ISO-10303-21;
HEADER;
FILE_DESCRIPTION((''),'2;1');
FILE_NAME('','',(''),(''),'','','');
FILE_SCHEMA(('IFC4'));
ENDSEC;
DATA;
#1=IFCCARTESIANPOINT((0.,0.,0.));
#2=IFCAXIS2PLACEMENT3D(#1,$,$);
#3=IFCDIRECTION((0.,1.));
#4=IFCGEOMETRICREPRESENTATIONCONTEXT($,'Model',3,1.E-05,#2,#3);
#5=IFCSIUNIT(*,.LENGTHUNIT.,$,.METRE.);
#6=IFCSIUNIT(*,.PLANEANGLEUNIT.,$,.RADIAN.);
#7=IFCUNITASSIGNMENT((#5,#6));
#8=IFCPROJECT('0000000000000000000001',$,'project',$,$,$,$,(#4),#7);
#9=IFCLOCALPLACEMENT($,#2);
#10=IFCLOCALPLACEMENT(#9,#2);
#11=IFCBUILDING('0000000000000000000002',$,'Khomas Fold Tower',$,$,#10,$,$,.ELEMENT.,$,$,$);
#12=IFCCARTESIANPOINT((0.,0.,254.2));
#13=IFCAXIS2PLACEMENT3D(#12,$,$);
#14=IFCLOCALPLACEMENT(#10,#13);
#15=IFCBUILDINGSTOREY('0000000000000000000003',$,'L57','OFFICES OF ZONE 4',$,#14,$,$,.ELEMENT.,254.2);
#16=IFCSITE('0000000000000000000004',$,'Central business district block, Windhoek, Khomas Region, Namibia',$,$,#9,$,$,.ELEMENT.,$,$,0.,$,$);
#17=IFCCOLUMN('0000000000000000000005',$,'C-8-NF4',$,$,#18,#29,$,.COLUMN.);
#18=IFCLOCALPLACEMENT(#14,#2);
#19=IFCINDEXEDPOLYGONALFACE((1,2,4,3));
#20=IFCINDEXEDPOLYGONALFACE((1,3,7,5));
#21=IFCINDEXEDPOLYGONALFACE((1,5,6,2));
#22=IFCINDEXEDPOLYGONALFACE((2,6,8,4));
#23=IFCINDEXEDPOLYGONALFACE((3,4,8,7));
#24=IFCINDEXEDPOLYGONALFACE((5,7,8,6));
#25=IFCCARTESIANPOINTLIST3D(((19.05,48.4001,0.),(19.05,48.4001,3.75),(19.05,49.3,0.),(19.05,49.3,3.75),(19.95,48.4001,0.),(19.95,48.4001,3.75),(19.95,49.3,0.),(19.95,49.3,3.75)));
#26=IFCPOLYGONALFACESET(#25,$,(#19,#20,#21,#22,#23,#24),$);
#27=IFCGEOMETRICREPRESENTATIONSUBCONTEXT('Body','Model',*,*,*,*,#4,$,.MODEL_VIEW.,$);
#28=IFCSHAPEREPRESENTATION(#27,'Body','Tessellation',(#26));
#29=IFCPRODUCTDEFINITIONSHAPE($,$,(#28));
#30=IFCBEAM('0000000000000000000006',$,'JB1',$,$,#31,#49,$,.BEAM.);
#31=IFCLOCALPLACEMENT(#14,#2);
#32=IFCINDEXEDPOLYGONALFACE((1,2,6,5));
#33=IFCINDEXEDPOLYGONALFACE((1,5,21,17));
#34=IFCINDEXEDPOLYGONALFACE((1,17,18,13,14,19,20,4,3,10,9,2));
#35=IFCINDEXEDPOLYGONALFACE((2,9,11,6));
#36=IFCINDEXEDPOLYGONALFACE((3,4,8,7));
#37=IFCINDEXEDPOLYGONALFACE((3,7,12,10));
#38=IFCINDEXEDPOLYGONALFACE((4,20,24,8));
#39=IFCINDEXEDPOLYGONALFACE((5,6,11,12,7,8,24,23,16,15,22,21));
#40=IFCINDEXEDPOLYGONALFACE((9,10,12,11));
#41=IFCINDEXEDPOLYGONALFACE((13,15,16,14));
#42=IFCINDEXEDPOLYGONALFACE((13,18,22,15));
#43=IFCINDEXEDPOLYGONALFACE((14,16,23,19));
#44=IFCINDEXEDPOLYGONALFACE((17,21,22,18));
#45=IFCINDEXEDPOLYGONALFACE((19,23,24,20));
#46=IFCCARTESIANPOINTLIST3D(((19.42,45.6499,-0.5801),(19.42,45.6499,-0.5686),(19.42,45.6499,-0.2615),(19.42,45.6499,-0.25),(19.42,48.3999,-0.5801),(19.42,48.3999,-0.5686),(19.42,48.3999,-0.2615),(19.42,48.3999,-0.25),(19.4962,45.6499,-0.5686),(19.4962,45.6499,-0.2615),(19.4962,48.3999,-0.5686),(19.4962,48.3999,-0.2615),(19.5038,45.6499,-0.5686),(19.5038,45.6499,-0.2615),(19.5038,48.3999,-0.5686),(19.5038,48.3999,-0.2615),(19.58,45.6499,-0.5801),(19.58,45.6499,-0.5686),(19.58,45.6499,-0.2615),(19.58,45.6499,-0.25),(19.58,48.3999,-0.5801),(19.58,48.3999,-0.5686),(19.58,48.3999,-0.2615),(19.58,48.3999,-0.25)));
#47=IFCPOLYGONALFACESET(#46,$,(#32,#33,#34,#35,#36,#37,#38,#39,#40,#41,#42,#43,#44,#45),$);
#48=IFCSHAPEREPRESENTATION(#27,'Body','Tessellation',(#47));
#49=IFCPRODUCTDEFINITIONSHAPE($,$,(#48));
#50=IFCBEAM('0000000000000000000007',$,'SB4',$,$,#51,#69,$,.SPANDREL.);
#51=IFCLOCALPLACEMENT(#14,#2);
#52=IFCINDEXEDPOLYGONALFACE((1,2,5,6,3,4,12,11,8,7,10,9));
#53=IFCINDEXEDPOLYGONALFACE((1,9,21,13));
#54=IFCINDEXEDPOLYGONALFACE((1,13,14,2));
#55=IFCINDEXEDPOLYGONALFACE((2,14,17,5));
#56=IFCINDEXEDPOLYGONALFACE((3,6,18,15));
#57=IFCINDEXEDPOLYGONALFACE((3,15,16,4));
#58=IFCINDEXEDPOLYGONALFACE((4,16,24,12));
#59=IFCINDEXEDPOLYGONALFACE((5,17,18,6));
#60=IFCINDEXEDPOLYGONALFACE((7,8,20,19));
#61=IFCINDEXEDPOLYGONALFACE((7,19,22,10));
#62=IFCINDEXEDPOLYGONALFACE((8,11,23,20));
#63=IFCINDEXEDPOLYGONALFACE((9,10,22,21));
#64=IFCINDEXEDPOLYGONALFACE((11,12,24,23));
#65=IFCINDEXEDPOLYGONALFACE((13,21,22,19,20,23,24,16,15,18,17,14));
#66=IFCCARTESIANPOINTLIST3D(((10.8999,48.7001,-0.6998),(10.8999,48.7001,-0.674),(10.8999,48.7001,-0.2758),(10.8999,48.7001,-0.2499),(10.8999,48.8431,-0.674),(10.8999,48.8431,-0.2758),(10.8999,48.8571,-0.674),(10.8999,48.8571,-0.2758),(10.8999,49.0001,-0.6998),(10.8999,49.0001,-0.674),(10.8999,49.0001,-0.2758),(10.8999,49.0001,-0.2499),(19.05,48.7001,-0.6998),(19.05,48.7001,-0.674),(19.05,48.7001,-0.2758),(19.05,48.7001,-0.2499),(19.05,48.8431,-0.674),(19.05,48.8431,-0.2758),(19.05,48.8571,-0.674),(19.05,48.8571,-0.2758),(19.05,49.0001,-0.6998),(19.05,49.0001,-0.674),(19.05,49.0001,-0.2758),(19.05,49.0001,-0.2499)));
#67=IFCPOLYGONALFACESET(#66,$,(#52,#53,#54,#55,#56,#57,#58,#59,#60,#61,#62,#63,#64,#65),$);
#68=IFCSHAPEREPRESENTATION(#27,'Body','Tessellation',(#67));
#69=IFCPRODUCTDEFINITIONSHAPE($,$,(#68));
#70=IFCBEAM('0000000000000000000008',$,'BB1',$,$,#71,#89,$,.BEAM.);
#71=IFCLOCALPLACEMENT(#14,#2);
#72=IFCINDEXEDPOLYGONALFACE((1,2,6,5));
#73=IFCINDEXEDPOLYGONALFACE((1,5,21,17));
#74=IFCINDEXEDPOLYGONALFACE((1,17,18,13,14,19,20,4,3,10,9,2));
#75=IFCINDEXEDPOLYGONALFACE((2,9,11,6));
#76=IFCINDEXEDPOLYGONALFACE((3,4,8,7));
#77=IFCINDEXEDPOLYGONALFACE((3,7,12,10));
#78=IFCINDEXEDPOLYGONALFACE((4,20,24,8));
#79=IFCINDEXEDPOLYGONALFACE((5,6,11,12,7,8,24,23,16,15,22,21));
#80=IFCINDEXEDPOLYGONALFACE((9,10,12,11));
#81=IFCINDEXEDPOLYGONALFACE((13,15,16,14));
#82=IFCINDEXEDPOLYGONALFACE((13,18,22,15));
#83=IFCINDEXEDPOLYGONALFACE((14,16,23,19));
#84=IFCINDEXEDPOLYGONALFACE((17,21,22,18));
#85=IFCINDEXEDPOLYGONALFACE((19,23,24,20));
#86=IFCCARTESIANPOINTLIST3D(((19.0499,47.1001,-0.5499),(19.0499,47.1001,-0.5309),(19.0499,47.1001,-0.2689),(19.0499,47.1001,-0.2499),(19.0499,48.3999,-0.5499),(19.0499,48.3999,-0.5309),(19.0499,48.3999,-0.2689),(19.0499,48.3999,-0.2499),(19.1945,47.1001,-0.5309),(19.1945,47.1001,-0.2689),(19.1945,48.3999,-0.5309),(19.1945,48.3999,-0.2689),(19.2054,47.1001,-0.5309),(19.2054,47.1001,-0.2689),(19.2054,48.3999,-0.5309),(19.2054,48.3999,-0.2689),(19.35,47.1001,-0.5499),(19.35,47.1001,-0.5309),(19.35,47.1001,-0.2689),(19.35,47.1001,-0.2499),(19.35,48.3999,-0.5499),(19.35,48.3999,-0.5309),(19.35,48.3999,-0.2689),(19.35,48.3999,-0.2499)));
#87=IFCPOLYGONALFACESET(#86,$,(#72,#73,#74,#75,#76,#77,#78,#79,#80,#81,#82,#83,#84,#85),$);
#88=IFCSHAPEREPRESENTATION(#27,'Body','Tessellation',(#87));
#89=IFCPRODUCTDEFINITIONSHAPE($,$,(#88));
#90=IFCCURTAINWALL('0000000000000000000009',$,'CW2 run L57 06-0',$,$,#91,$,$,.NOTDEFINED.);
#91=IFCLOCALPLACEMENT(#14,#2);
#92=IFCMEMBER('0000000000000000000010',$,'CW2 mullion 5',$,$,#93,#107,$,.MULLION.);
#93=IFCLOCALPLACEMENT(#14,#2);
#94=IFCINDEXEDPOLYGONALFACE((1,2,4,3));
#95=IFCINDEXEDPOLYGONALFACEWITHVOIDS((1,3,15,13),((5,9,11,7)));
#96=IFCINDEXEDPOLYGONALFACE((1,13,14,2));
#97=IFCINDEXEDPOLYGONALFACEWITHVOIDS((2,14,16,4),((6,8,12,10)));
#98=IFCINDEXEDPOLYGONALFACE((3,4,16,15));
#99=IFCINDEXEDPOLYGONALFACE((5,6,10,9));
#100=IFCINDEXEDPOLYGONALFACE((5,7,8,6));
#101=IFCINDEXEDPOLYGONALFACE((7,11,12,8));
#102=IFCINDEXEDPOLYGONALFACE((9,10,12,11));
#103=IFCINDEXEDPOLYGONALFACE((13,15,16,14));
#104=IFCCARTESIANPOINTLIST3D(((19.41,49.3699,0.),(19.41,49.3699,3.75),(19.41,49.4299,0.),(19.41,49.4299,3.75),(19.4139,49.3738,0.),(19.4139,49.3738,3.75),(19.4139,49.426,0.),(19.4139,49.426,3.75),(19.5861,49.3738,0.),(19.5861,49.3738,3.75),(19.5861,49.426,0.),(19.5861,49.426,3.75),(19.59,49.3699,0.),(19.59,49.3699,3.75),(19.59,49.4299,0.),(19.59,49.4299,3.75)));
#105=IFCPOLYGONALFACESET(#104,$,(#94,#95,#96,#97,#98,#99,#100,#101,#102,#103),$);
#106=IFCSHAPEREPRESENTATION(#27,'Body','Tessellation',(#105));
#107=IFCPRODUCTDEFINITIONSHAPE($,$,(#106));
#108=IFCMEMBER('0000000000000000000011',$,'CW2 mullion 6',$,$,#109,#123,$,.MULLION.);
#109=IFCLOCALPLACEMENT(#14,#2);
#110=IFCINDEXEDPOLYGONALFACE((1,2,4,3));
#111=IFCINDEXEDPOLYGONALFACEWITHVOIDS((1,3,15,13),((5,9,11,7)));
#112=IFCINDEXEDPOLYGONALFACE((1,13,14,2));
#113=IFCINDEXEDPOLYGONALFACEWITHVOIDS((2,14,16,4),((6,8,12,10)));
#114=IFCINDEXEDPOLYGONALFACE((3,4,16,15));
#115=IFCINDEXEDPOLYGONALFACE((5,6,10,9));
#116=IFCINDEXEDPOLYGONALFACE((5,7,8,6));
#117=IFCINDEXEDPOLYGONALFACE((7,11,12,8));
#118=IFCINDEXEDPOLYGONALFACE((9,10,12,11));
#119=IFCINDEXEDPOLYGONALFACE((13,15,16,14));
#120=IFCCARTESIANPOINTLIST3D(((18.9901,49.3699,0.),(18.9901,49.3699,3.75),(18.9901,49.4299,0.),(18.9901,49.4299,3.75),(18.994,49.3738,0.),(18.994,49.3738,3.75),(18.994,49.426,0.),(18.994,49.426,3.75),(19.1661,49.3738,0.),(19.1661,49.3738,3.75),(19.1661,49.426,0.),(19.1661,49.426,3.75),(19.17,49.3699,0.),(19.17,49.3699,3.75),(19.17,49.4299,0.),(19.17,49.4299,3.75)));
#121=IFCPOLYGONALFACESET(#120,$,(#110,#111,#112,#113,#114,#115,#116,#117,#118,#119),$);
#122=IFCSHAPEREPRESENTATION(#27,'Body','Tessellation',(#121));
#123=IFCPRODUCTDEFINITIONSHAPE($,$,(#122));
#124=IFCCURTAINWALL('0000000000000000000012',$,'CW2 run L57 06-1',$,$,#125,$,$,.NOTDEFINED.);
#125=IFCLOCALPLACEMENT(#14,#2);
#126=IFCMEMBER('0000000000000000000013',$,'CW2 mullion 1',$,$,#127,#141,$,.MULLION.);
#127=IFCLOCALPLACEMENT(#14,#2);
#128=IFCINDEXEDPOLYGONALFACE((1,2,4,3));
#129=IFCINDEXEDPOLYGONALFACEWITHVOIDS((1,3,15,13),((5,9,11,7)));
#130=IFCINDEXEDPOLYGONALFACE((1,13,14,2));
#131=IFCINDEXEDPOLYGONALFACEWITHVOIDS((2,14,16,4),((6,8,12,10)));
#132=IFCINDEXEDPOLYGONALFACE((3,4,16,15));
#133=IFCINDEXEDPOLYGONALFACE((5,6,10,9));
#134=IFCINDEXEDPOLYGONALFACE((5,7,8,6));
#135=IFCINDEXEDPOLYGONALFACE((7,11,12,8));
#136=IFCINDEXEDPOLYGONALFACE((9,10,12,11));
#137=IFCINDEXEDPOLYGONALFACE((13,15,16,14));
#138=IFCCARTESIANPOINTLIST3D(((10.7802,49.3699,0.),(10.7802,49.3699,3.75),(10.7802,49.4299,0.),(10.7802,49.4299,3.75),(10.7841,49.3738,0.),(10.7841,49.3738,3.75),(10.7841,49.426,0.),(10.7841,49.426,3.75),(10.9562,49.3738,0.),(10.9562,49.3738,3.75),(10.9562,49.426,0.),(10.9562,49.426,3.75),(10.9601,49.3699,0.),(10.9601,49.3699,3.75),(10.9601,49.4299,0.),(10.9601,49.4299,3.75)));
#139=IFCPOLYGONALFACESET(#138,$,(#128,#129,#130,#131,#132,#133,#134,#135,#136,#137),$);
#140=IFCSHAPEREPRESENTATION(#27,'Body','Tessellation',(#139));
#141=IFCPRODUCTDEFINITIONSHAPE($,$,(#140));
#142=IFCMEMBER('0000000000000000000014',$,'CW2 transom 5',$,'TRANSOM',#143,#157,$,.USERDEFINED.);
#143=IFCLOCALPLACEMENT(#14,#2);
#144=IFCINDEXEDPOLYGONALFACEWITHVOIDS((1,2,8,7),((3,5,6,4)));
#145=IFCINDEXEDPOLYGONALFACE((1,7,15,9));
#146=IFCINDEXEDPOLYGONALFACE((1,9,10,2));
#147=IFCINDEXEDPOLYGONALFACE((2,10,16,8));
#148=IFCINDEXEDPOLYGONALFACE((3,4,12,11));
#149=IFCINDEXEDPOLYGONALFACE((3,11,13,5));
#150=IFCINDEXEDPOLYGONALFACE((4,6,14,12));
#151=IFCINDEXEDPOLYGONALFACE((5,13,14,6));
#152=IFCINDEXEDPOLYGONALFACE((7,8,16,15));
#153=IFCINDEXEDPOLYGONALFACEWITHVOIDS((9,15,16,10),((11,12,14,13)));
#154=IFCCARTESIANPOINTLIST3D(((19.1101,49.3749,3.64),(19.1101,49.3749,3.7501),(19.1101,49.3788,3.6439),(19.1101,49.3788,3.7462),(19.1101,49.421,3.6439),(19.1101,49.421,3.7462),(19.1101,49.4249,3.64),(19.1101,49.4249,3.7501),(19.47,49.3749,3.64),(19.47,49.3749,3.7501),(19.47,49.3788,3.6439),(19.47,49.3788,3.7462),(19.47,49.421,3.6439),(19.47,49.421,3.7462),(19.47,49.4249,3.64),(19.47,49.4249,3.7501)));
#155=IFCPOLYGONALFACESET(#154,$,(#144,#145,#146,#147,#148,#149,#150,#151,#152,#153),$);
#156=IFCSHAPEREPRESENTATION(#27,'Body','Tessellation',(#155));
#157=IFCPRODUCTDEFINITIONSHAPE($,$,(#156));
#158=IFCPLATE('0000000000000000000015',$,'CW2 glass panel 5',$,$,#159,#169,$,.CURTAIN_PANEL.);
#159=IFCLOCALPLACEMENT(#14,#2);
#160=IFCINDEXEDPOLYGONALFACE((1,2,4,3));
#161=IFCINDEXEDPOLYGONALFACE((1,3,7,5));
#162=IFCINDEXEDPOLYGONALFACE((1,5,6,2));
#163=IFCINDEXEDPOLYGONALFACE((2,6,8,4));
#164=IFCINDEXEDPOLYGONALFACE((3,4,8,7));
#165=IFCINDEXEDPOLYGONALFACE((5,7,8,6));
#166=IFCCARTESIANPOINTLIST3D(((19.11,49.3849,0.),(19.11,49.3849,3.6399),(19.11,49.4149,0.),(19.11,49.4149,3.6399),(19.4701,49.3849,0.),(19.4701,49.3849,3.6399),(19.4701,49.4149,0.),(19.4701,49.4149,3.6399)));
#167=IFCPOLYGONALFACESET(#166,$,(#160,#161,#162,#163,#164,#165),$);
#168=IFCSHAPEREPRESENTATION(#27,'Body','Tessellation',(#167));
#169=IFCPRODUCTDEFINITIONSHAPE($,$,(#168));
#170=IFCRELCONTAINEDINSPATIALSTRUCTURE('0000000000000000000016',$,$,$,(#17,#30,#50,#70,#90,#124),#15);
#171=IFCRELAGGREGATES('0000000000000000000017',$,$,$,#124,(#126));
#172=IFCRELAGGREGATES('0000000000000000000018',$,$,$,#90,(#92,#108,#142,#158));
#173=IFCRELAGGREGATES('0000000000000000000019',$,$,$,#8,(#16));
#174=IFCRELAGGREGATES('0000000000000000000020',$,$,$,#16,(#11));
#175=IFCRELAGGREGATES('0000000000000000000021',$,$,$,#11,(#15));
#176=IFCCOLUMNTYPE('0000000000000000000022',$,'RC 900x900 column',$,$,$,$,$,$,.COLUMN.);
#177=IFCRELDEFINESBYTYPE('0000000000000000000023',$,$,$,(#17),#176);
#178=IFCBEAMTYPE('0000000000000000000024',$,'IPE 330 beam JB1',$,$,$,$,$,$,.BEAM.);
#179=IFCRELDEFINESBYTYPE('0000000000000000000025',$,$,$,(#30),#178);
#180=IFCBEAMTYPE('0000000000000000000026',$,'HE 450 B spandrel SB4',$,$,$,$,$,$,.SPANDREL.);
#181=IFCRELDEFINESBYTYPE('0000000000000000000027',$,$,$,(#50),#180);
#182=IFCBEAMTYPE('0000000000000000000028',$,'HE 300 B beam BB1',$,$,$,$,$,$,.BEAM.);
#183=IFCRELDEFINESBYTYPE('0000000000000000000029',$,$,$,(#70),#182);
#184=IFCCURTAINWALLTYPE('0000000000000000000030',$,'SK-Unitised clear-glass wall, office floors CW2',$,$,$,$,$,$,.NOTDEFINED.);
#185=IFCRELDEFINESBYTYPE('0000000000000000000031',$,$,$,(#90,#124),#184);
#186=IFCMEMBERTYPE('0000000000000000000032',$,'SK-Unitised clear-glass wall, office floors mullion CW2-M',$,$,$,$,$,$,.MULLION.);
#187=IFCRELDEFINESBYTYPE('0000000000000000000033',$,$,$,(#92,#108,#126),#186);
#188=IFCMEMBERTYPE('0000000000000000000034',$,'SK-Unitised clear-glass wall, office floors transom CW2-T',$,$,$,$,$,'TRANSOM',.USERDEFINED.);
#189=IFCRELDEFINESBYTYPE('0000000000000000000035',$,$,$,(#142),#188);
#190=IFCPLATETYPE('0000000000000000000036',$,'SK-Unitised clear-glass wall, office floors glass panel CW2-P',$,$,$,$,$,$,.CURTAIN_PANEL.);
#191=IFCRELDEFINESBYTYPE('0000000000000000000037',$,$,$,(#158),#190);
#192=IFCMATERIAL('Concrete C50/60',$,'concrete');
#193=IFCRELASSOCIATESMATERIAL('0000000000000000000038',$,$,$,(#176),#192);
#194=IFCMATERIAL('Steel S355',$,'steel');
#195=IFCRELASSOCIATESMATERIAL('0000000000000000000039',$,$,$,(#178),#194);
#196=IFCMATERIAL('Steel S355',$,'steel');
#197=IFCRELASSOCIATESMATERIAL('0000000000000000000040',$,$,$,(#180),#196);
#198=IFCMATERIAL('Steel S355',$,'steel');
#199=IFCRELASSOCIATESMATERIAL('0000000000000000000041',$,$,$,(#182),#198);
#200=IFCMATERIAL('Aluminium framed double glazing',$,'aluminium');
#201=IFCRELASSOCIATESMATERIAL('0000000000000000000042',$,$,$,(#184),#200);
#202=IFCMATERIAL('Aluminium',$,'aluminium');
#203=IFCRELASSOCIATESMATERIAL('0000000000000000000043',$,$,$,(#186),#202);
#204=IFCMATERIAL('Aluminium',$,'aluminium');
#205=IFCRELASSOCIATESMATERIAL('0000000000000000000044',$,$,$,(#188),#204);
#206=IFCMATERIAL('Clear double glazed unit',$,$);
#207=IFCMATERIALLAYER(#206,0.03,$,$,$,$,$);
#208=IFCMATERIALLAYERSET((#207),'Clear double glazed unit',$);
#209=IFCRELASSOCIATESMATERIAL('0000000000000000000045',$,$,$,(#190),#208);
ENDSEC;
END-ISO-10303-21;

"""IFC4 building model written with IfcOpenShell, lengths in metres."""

from ifc_helpers import new_model, si_unit, direction, frame, origin, origin_2d, place, context, subcontext, project, spatial, rectangle, hollow_rectangle, i_section, extrude, source, transform, mapped, material, layer, layer_set, material_profile, profile_set, type_object, element, aggregate, save


model = new_model("IFC4")

# Units and contexts
model_context = context("Model", 3, precision=1e-05, world=origin(), true_north=direction((0.0, 1.0)))
body_context = subcontext(model_context, "Body", "Model", "MODEL_VIEW")
ifc_project = project(units=[si_unit("LENGTHUNIT", "METRE"), si_unit("PLANEANGLEUNIT", "RADIAN")], contexts=[model_context])

# Site, building, storey
site_placement = place(None, origin())
site = spatial("IfcSite", under=ifc_project, at=site_placement, Name="Central business district block, Windhoek, Khomas Region, Namibia", CompositionType="ELEMENT", RefElevation=0.0)
building_placement = place(site_placement, origin())
building = spatial("IfcBuilding", under=site, at=building_placement, Name="Khomas Fold Tower", CompositionType="ELEMENT")
storey_placement = place(building_placement, frame((0.0, 0.0, 254.2)))
storey = spatial("IfcBuildingStorey", under=building, at=storey_placement, Name="L57", Description="OFFICES OF ZONE 4", CompositionType="ELEMENT", Elevation=254.2)

# Column
ifc_material_1 = material(Name="Concrete C50/60", Category="concrete")
ifc_material_profile_1 = material_profile(ifc_material_1, rectangle(XDim=0.8999, YDim=0.8999, at=origin_2d()), Name="RC 900x900")
ifc_profile_set_1 = profile_set([ifc_material_profile_1], Name="Concrete C50/60")
column_type = type_object("IfcColumnType", Name="RC 900x900 column", PredefinedType="COLUMN", material=ifc_profile_set_1)
shared_shape_1 = source(origin(), body_context, "Body", "SweptSolid", [
    extrude(rectangle(XDim=0.8999, YDim=0.8999, at=origin_2d()), origin(), (0.0, 0.0, 1.0), 3.75),
])
column_placement = place(storey_placement, frame((19.5, 48.8501, 0.0), z_axis=(0.0, 0.0, 1.0), x_axis=(1.0, 0.0, 0.0)))
element("IfcColumn", 1, at=column_placement, inside=storey, type_object=column_type, Name="C-8-NF4", PredefinedType="COLUMN", context=body_context, shape_type="MappedRepresentation", body=[
    mapped(shared_shape_1, transform((0.0, 0.0, 0.0))),
])

# Beams
ifc_material_2 = material(Name="Steel S355", Category="steel")
ifc_material_profile_2 = material_profile(ifc_material_2, i_section(OverallWidth=0.1599, OverallDepth=0.3301, WebThickness=0.0076, FlangeThickness=0.0115, at=origin_2d()), Name="IPE 330")
ifc_profile_set_2 = profile_set([ifc_material_profile_2], Name="Steel S355")
beam_type_1 = type_object("IfcBeamType", Name="IPE 330 beam JB1", PredefinedType="BEAM", material=ifc_profile_set_2)
shared_shape_2 = source(origin(), body_context, "Body", "SweptSolid", [
    extrude(i_section(OverallWidth=0.1599, OverallDepth=0.3301, WebThickness=0.0076, FlangeThickness=0.0115, at=origin_2d()), origin(), (0.0, 0.0, 1.0), 2.75),
])
beam_1_placement = place(storey_placement, frame((19.5, 45.6499, -0.415), z_axis=(0.0, 1.0, 0.0), x_axis=(-1.0, 0.0, 0.0)))
element("IfcBeam", 2, at=beam_1_placement, inside=storey, type_object=beam_type_1, Name="JB1", PredefinedType="BEAM", context=body_context, shape_type="MappedRepresentation", body=[
    mapped(shared_shape_2, transform((0.0, 0.0, 0.0))),
])
ifc_material_3 = material(Name="Steel S355", Category="steel")
ifc_material_profile_3 = material_profile(ifc_material_3, i_section(OverallWidth=0.3, OverallDepth=0.45, WebThickness=0.0139, FlangeThickness=0.0259, at=origin_2d()), Name="HE 450 B")
ifc_profile_set_3 = profile_set([ifc_material_profile_3], Name="Steel S355")
beam_type_2 = type_object("IfcBeamType", Name="HE 450 B spandrel SB4", PredefinedType="SPANDREL", material=ifc_profile_set_3)
shared_shape_3 = source(origin(), body_context, "Body", "SweptSolid", [
    extrude(i_section(OverallWidth=0.3, OverallDepth=0.45, WebThickness=0.0139, FlangeThickness=0.0259, at=origin_2d()), origin(), (0.0, 0.0, 1.0), 8.1501),
])
beam_2_placement = place(storey_placement, frame((10.8999, 48.8501, -0.4749), z_axis=(1.0, 0.0, 0.0), x_axis=(0.0, 1.0, 0.0)))
element("IfcBeam", 3, at=beam_2_placement, inside=storey, type_object=beam_type_2, Name="SB4", PredefinedType="SPANDREL", context=body_context, shape_type="MappedRepresentation", body=[
    mapped(shared_shape_3, transform((0.0, 0.0, 0.0))),
])
ifc_material_4 = material(Name="Steel S355", Category="steel")
ifc_material_profile_4 = material_profile(ifc_material_4, i_section(OverallWidth=0.3, OverallDepth=0.3, WebThickness=0.011, FlangeThickness=0.019, at=origin_2d()), Name="HE 300 B")
ifc_profile_set_4 = profile_set([ifc_material_profile_4], Name="Steel S355")
beam_type_3 = type_object("IfcBeamType", Name="HE 300 B beam BB1", PredefinedType="BEAM", material=ifc_profile_set_4)
shared_shape_4 = source(origin(), body_context, "Body", "SweptSolid", [
    extrude(i_section(OverallWidth=0.3, OverallDepth=0.3, WebThickness=0.011, FlangeThickness=0.019, at=origin_2d()), origin(), (0.0, 0.0, 1.0), 1.2998),
])
beam_3_placement = place(storey_placement, frame((19.2, 47.1001, -0.3999), z_axis=(0.0, 1.0, 0.0), x_axis=(-1.0, 0.0, 0.0)))
element("IfcBeam", 4, at=beam_3_placement, inside=storey, type_object=beam_type_3, Name="BB1", PredefinedType="BEAM", context=body_context, shape_type="MappedRepresentation", body=[
    mapped(shared_shape_4, transform((0.0, 0.0, 0.0))),
])

# Curtain wall, members
ifc_material_5 = material(Name="Aluminium framed double glazing", Category="aluminium")
curtain_wall_type = type_object("IfcCurtainWallType", Name="SK-Unitised clear-glass wall, office floors CW2", PredefinedType="NOTDEFINED", material=ifc_material_5)
curtain_wall_1_placement = place(storey_placement, origin())
curtain_wall_1 = element("IfcCurtainWall", 5, at=curtain_wall_1_placement, inside=storey, type_object=curtain_wall_type, Name="CW2 run L57 06-0", PredefinedType="NOTDEFINED")
ifc_material_6 = material(Name="Aluminium", Category="aluminium")
ifc_material_profile_5 = material_profile(ifc_material_6, hollow_rectangle(XDim=0.0601, YDim=0.1799, WallThickness=0.0039, at=origin_2d()), Name="SK-Unitised clear-glass wall, office floors mullion CW2-M")
ifc_profile_set_5 = profile_set([ifc_material_profile_5], Name="Aluminium")
member_type_1 = type_object("IfcMemberType", Name="SK-Unitised clear-glass wall, office floors mullion CW2-M", PredefinedType="MULLION", material=ifc_profile_set_5)
shared_shape_5 = source(origin(), body_context, "Body", "SweptSolid", [
    extrude(hollow_rectangle(XDim=0.0601, YDim=0.1799, WallThickness=0.0039, at=origin_2d()), origin(), (0.0, 0.0, 1.0), 3.75),
])
member_1_placement = place(storey_placement, frame((19.5, 49.3999, 0.0), z_axis=(0.0, 0.0, 1.0), x_axis=(0.0, -1.0, 0.0)))
member_1 = element("IfcMember", 6, at=member_1_placement, type_object=member_type_1, Name="CW2 mullion 5", PredefinedType="MULLION", context=body_context, shape_type="MappedRepresentation", body=[
    mapped(shared_shape_5, transform((0.0, 0.0, 0.0))),
])
member_2_placement = place(storey_placement, frame((19.0801, 49.3999, 0.0), z_axis=(0.0, 0.0, 1.0), x_axis=(0.0, -1.0, 0.0)))
member_2 = element("IfcMember", 7, at=member_2_placement, type_object=member_type_1, Name="CW2 mullion 6", PredefinedType="MULLION", context=body_context, shape_type="MappedRepresentation", body=[
    mapped(shared_shape_5, transform((0.0, 0.0, 0.0))),
])

# Curtain wall, member
curtain_wall_2_placement = place(storey_placement, origin())
curtain_wall_2 = element("IfcCurtainWall", 8, at=curtain_wall_2_placement, inside=storey, type_object=curtain_wall_type, Name="CW2 run L57 06-1", PredefinedType="NOTDEFINED")
member_3_placement = place(storey_placement, frame((10.8701, 49.3999, 0.0), z_axis=(0.0, 0.0, 1.0), x_axis=(0.0, -1.0, 0.0)))
member_3 = element("IfcMember", 9, at=member_3_placement, type_object=member_type_1, Name="CW2 mullion 1", PredefinedType="MULLION", context=body_context, shape_type="MappedRepresentation", body=[
    mapped(shared_shape_5, transform((0.0, 0.0, 0.0))),
])
aggregate(curtain_wall_2, [member_3])

# Member
ifc_material_7 = material(Name="Aluminium", Category="aluminium")
ifc_material_profile_6 = material_profile(ifc_material_7, hollow_rectangle(XDim=0.05, YDim=0.1101, WallThickness=0.0039, at=origin_2d()), Name="SK-Unitised clear-glass wall, office floors transom CW2-T")
ifc_profile_set_6 = profile_set([ifc_material_profile_6], Name="Aluminium")
member_type_2 = type_object("IfcMemberType", Name="SK-Unitised clear-glass wall, office floors transom CW2-T", ElementType="TRANSOM", PredefinedType="USERDEFINED", material=ifc_profile_set_6)
shared_shape_6 = source(origin(), body_context, "Body", "SweptSolid", [
    extrude(hollow_rectangle(XDim=0.05, YDim=0.1101, WallThickness=0.0039, at=origin_2d()), origin(), (0.0, 0.0, 1.0), 0.3599),
])
member_4_placement = place(storey_placement, frame((19.47, 49.3999, 3.6951), z_axis=(-1.0, 0.0, 0.0), x_axis=(0.0, -1.0, 0.0)))
member_4 = element("IfcMember", 10, at=member_4_placement, type_object=member_type_2, Name="CW2 transom 5", ObjectType="TRANSOM", PredefinedType="USERDEFINED", context=body_context, shape_type="MappedRepresentation", body=[
    mapped(shared_shape_6, transform((0.0, 0.0, 0.0))),
])

# Plate
ifc_material_8 = material(Name="Clear double glazed unit")
ifc_layer_1 = layer(ifc_material_8, 0.03)
ifc_layer_set_1 = layer_set([ifc_layer_1], Name="Clear double glazed unit")
plate_type = type_object("IfcPlateType", Name="SK-Unitised clear-glass wall, office floors glass panel CW2-P", PredefinedType="CURTAIN_PANEL", material=ifc_layer_set_1)
shared_shape_7 = source(origin(), body_context, "Body", "SweptSolid", [
    extrude(rectangle(XDim=0.3601, YDim=0.03, at=origin_2d()), origin(), (0.0, 0.0, 1.0), 3.6399),
])
plate_placement = place(storey_placement, frame((19.29, 49.3999, 0.0), z_axis=(0.0, 0.0, 1.0), x_axis=(-1.0, 0.0, 0.0)))
plate = element("IfcPlate", 11, at=plate_placement, type_object=plate_type, Name="CW2 glass panel 5", PredefinedType="CURTAIN_PANEL", context=body_context, shape_type="MappedRepresentation", body=[
    mapped(shared_shape_7, transform((0.0, 0.0, 0.0))),
])
aggregate(curtain_wall_1, [member_1, member_2, member_4, plate])

save(model, "model.ifc")
